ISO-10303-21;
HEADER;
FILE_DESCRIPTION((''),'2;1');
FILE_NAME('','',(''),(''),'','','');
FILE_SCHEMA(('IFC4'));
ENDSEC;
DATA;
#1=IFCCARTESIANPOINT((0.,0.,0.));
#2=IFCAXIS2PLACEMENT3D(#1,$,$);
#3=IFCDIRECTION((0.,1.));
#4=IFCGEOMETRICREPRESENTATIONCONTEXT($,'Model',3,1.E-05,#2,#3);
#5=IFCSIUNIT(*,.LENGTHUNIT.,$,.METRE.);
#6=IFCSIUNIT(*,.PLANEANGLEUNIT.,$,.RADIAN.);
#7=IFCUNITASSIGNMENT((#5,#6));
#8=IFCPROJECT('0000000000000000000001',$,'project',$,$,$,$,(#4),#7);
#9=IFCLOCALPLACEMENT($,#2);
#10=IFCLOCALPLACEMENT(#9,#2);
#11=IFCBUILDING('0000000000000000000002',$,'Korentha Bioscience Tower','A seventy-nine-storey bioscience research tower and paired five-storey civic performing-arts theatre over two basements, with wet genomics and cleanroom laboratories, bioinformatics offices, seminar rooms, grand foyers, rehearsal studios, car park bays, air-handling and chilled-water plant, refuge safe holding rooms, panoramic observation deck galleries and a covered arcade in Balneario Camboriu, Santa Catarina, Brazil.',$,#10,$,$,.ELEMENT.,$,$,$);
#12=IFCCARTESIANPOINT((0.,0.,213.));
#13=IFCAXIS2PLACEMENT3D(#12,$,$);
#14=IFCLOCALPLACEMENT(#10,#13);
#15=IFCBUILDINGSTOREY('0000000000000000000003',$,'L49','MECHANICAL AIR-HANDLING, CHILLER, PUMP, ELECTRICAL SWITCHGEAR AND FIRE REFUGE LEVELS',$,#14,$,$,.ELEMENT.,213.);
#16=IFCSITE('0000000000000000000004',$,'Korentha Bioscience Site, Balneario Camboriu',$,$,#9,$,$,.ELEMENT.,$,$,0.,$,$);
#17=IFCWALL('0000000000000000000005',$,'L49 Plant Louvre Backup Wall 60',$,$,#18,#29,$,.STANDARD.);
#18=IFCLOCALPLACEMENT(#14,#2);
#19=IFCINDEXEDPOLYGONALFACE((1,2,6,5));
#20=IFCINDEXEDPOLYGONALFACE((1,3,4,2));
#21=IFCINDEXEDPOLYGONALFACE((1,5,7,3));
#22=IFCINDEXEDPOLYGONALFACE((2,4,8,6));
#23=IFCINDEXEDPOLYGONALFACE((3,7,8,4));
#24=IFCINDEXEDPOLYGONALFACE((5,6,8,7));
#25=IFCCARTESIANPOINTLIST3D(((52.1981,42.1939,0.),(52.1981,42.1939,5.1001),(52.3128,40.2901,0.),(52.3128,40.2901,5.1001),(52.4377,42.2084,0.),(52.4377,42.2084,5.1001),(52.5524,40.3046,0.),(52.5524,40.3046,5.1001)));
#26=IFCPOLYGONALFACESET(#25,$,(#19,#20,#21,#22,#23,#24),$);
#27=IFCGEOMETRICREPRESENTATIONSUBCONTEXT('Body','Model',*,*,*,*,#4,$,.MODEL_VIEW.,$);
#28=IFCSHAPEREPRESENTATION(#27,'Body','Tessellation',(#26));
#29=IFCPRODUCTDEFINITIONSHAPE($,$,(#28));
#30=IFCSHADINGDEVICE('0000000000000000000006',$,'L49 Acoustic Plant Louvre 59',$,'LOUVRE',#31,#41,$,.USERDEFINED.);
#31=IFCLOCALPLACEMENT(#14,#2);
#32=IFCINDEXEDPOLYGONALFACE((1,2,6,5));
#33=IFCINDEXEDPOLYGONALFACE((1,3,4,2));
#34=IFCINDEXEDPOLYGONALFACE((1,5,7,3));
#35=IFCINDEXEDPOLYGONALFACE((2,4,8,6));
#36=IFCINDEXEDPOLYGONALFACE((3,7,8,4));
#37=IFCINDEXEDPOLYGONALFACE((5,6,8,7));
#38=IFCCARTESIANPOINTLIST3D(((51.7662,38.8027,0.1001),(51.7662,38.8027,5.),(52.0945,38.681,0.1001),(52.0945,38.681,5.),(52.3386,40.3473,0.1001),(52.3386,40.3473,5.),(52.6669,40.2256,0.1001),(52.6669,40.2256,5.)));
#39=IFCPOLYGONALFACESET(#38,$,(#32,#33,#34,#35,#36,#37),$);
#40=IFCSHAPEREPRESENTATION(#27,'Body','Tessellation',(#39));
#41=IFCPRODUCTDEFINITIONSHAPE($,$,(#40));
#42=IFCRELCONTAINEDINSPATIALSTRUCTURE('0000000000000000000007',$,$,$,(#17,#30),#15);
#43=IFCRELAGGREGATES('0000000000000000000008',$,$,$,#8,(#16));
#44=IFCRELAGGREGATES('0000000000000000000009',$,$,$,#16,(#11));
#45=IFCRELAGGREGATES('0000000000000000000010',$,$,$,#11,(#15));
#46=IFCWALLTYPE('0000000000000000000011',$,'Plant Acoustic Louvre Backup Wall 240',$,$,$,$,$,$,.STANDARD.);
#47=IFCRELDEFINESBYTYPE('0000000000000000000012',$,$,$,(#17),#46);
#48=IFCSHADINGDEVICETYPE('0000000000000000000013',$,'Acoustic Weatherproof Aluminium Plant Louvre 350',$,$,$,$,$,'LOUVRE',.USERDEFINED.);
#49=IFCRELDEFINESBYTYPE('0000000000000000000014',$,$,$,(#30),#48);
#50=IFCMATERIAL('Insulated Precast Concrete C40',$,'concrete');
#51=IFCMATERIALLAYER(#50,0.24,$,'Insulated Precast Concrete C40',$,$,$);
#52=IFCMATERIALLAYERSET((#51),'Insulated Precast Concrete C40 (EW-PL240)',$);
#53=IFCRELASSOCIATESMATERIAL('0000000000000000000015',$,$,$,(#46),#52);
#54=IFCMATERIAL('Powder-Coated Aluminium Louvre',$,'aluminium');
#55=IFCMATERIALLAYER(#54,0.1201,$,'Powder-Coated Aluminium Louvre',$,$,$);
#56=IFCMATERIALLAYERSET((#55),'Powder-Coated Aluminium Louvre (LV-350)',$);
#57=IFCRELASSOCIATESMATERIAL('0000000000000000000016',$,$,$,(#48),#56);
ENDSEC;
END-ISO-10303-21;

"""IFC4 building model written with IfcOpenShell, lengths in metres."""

from ifc_helpers import new_model, si_unit, direction, frame, frame_2d, origin, origin_2d, place, context, subcontext, project, spatial, rectangle, extrude, material, layer, layer_set, type_object, element, save


model = new_model("IFC4")

# Units and contexts
model_context = context("Model", 3, precision=1e-05, world=origin(), true_north=direction((0.0, 1.0)))
body_context = subcontext(model_context, "Body", "Model", "MODEL_VIEW")
ifc_project = project(units=[si_unit("LENGTHUNIT", "METRE"), si_unit("PLANEANGLEUNIT", "RADIAN")], contexts=[model_context])

# Site, building, storey
site_placement = place(None, origin())
site = spatial("IfcSite", under=ifc_project, at=site_placement, Name="Korentha Bioscience Site, Balneario Camboriu", CompositionType="ELEMENT", RefElevation=0.0)
building_placement = place(site_placement, origin())
building = spatial("IfcBuilding", under=site, at=building_placement, Name="Korentha Bioscience Tower", Description="A seventy-nine-storey bioscience research tower and paired five-storey civic performing-arts theatre over two basements, with wet genomics and cleanroom laboratories, bioinformatics offices, seminar rooms, grand foyers, rehearsal studios, car park bays, air-handling and chilled-water plant, refuge safe holding rooms, panoramic observation deck galleries and a covered arcade in Balneario Camboriu, Santa Catarina, Brazil.", CompositionType="ELEMENT")
storey_placement = place(building_placement, frame((0.0, 0.0, 213.0)))
storey = spatial("IfcBuildingStorey", under=building, at=storey_placement, Name="L49", Description="MECHANICAL AIR-HANDLING, CHILLER, PUMP, ELECTRICAL SWITCHGEAR AND FIRE REFUGE LEVELS", CompositionType="ELEMENT", Elevation=213.0)

# Wall
ifc_material_1 = material(Name="Insulated Precast Concrete C40", Category="concrete")
ifc_layer_1 = layer(ifc_material_1, 0.24, Name="Insulated Precast Concrete C40")
ifc_layer_set_1 = layer_set([ifc_layer_1], Name="Insulated Precast Concrete C40 (EW-PL240)")
wall_type = type_object("IfcWallType", Name="Plant Acoustic Louvre Backup Wall 240", PredefinedType="STANDARD", material=ifc_layer_set_1)
for number, where, z_axis, x_axis, name in (
    (1, (52.4326, 40.2974, 0.0), (0.0, 0.0, 1.0), (-0.060163, 0.998189, 0.0), "L49 Plant Louvre Backup Wall 60"),
):
    element("IfcWall", number, at=place(storey_placement, frame(where, z_axis=z_axis, x_axis=x_axis)), inside=storey, type_object=wall_type, Name=name, PredefinedType="STANDARD", context=body_context, shape_type="SweptSolid", body=[
        extrude(rectangle(XDim=1.9072, YDim=0.24, at=frame_2d((0.9536, 0.0))), origin(), (0.0, 0.0, 1.0), 5.1001),
    ])

# Shading device
ifc_material_2 = material(Name="Powder-Coated Aluminium Louvre", Category="aluminium")
ifc_layer_2 = layer(ifc_material_2, 0.1201, Name="Powder-Coated Aluminium Louvre")
ifc_layer_set_2 = layer_set([ifc_layer_2], Name="Powder-Coated Aluminium Louvre (LV-350)")
shading_device_type = type_object("IfcShadingDeviceType", Name="Acoustic Weatherproof Aluminium Plant Louvre 350", ElementType="LOUVRE", PredefinedType="USERDEFINED", material=ifc_layer_set_2)
shading_device_placement = place(storey_placement, frame((52.2166, 39.5142, 0.1001), z_axis=(0.0, 0.0, 1.0), x_axis=(0.347464, 0.937693, 0.0)))
element("IfcShadingDevice", 2, at=shading_device_placement, inside=storey, type_object=shading_device_type, Name="L49 Acoustic Plant Louvre 59", ObjectType="LOUVRE", PredefinedType="USERDEFINED", context=body_context, shape_type="SweptSolid", body=[
    extrude(rectangle(XDim=1.6472, YDim=0.3501, at=origin_2d()), origin(), (0.0, 0.0, 1.0), 4.8999),
])

save(model, "model.ifc")
